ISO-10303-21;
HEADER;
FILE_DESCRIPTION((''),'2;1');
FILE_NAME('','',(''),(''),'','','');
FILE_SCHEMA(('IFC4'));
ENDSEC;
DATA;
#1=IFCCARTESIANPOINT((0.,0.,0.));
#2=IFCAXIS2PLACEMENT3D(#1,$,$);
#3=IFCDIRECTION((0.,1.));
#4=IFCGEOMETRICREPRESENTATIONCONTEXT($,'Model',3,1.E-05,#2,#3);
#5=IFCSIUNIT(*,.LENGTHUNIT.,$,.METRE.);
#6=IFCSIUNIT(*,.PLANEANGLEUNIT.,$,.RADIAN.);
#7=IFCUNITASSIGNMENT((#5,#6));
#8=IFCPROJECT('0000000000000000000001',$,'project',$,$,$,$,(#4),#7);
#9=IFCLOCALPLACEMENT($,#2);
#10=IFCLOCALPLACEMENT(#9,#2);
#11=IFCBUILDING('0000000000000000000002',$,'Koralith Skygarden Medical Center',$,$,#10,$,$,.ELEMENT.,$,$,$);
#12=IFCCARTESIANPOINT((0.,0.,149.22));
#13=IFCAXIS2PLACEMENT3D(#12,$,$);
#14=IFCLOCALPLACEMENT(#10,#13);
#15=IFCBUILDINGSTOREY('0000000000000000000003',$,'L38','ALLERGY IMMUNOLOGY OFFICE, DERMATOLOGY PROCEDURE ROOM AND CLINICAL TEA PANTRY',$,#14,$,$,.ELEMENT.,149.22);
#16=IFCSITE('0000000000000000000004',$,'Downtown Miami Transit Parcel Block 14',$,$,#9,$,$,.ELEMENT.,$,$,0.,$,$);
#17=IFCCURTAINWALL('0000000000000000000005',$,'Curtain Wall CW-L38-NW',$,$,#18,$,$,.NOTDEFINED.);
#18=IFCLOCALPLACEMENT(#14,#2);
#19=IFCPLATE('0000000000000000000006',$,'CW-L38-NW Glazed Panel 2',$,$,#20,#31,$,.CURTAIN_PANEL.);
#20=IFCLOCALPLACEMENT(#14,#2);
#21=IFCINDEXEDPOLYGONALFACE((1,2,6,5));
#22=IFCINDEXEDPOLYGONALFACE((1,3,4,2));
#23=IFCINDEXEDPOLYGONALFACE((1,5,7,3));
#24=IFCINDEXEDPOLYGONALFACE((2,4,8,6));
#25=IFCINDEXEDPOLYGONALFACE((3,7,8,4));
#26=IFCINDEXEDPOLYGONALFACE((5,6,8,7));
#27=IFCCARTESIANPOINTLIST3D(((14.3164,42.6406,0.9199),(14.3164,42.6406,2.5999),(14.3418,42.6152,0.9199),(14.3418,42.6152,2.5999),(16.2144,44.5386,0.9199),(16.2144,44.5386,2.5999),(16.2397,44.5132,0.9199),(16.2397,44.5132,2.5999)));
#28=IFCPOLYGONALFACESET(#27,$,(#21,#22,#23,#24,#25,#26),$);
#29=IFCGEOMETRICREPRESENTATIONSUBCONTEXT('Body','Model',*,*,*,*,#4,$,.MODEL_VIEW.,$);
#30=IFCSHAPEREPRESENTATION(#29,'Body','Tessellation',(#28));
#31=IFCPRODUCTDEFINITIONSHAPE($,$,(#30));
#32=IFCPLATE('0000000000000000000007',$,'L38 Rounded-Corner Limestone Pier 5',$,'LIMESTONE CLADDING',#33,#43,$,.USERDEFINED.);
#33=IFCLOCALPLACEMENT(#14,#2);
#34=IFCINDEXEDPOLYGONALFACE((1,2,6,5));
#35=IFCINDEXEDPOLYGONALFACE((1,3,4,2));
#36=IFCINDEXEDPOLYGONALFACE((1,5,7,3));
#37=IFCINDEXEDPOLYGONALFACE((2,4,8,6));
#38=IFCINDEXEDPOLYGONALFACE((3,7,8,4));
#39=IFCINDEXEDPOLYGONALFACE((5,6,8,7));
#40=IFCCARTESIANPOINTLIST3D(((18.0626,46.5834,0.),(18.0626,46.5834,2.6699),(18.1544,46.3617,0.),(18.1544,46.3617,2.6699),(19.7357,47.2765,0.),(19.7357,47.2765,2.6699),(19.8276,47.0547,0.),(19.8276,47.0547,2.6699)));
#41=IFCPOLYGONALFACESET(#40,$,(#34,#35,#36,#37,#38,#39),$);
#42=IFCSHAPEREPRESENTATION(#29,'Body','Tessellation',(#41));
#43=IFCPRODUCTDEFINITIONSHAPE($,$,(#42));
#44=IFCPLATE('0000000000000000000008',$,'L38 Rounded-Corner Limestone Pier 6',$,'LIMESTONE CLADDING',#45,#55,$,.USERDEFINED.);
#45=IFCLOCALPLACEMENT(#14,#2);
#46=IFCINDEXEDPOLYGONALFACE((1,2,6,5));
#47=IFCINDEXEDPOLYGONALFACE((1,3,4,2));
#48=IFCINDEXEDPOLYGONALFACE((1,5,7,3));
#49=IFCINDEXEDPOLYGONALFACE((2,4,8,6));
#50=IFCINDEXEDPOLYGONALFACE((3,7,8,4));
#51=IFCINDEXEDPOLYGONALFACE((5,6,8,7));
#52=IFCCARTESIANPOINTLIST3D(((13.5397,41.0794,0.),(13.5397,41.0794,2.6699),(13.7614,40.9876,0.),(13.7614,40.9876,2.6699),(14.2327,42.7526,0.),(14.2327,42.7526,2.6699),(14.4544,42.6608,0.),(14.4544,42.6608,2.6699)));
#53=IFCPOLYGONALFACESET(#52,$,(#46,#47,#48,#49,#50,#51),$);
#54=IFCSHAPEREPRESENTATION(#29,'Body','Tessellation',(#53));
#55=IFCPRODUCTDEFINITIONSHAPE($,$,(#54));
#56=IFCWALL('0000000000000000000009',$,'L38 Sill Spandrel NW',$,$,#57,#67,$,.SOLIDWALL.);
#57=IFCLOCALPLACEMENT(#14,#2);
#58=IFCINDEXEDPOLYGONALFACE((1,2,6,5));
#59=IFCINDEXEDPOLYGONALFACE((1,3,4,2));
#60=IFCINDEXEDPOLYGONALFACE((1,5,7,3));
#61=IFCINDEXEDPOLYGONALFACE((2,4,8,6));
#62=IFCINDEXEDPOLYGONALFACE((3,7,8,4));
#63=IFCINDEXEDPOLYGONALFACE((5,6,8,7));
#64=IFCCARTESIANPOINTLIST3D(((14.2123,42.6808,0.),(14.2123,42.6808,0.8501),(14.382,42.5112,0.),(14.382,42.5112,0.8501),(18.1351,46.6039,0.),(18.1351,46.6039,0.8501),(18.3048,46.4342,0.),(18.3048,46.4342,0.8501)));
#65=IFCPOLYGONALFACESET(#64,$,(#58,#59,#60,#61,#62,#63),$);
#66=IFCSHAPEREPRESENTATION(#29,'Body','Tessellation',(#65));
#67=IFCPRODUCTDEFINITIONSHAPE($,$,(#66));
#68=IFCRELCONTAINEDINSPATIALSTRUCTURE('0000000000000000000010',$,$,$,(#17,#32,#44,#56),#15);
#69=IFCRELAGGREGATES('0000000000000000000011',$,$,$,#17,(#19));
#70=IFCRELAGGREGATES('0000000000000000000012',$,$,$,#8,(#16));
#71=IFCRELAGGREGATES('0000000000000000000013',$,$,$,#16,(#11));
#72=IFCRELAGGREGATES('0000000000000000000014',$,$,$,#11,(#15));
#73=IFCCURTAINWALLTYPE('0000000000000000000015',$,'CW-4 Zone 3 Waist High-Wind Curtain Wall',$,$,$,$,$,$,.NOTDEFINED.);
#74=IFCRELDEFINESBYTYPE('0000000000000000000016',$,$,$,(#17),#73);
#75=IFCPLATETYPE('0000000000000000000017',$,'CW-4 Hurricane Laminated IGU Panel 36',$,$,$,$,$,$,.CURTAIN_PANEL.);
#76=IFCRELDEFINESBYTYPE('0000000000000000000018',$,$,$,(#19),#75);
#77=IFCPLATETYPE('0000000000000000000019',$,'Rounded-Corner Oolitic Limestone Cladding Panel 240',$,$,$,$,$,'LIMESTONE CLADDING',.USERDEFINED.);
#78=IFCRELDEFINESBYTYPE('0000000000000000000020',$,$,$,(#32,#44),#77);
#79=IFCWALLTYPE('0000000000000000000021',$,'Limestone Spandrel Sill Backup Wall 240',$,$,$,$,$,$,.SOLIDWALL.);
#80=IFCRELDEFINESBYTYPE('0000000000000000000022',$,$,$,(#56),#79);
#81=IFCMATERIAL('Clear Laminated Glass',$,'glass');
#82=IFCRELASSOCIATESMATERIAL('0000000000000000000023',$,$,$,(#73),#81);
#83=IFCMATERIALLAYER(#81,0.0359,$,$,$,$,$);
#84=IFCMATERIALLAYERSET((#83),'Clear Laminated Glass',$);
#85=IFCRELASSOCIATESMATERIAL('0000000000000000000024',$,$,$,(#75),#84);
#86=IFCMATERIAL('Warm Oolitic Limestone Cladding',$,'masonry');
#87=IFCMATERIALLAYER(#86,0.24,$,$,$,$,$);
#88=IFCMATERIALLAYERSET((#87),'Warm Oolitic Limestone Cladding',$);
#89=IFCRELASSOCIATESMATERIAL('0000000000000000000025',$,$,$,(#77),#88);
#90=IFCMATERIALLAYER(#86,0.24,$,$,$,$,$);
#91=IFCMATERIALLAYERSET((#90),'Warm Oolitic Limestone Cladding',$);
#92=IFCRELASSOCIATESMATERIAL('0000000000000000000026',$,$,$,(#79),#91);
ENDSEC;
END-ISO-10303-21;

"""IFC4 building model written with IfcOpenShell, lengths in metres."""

from ifc_helpers import new_model, si_unit, direction, frame, frame_2d, origin, origin_2d, place, context, subcontext, project, spatial, rectangle, extrude, material, layer, layer_set, type_object, element, aggregate, save


model = new_model("IFC4")

# Units and contexts
model_context = context("Model", 3, precision=1e-05, world=origin(), true_north=direction((0.0, 1.0)))
body_context = subcontext(model_context, "Body", "Model", "MODEL_VIEW")
ifc_project = project(units=[si_unit("LENGTHUNIT", "METRE"), si_unit("PLANEANGLEUNIT", "RADIAN")], contexts=[model_context])

# Site, building, storey
site_placement = place(None, origin())
site = spatial("IfcSite", under=ifc_project, at=site_placement, Name="Downtown Miami Transit Parcel Block 14", CompositionType="ELEMENT", RefElevation=0.0)
building_placement = place(site_placement, origin())
building = spatial("IfcBuilding", under=site, at=building_placement, Name="Koralith Skygarden Medical Center", CompositionType="ELEMENT")
storey_placement = place(building_placement, frame((0.0, 0.0, 149.22)))
storey = spatial("IfcBuildingStorey", under=building, at=storey_placement, Name="L38", Description="ALLERGY IMMUNOLOGY OFFICE, DERMATOLOGY PROCEDURE ROOM AND CLINICAL TEA PANTRY", CompositionType="ELEMENT", Elevation=149.22)

# Shared definitions
ifc_material_1 = material(Name="Clear Laminated Glass", Category="glass")
curtain_wall_type = type_object("IfcCurtainWallType", Name="CW-4 Zone 3 Waist High-Wind Curtain Wall", PredefinedType="NOTDEFINED", material=ifc_material_1)

# Curtain wall
curtain_wall_1_placement = place(storey_placement, origin())
curtain_wall_1 = element("IfcCurtainWall", 1, at=curtain_wall_1_placement, inside=storey, type_object=curtain_wall_type, Name="Curtain Wall CW-L38-NW", PredefinedType="NOTDEFINED")

# Plate
ifc_layer_1 = layer(ifc_material_1, 0.0359)
ifc_layer_set_1 = layer_set([ifc_layer_1], Name="Clear Laminated Glass")
plate_type_1 = type_object("IfcPlateType", Name="CW-4 Hurricane Laminated IGU Panel 36", PredefinedType="CURTAIN_PANEL", material=ifc_layer_set_1)
plate_1_placement = place(storey_placement, frame((15.2781, 43.5769, 0.9199), z_axis=(0.0, 0.0, 1.0), x_axis=(-0.707107, -0.707107, 0.0)))
plate_1 = element("IfcPlate", 2, at=plate_1_placement, type_object=plate_type_1, Name="CW-L38-NW Glazed Panel 2", PredefinedType="CURTAIN_PANEL", context=body_context, shape_type="SweptSolid", body=[
    extrude(rectangle(XDim=2.6841, YDim=0.0359, at=origin_2d()), origin(), (0.0, 0.0, 1.0), 1.6799),
])
aggregate(curtain_wall_1, [plate_1])

# Plates
ifc_material_2 = material(Name="Warm Oolitic Limestone Cladding", Category="masonry")
ifc_layer_2 = layer(ifc_material_2, 0.24)
ifc_layer_set_2 = layer_set([ifc_layer_2], Name="Warm Oolitic Limestone Cladding")
plate_type_2 = type_object("IfcPlateType", Name="Rounded-Corner Oolitic Limestone Cladding Panel 240", ElementType="LIMESTONE CLADDING", PredefinedType="USERDEFINED", material=ifc_layer_set_2)
for number, where, z_axis, x_axis, name in (
    (3, (18.9451, 46.8191, 0.0), (0.0, 0.0, 1.0), (-0.923885, -0.382671, 0.0), "L38 Rounded-Corner Limestone Pier 5"),
    (4, (13.9971, 41.8701, 0.0), (0.0, 0.0, 1.0), (-0.382671, -0.923885, 0.0), "L38 Rounded-Corner Limestone Pier 6"),
):
    element("IfcPlate", number, at=place(storey_placement, frame(where, z_axis=z_axis, x_axis=x_axis)), inside=storey, type_object=plate_type_2, Name=name, ObjectType="LIMESTONE CLADDING", PredefinedType="USERDEFINED", context=body_context, shape_type="SweptSolid", body=[
        extrude(rectangle(XDim=1.811, YDim=0.24, at=origin_2d()), origin(), (0.0, 0.0, 1.0), 2.6699),
    ])

# Wall
ifc_layer_3 = layer(ifc_material_2, 0.24)
ifc_layer_set_3 = layer_set([ifc_layer_3], Name="Warm Oolitic Limestone Cladding")
wall_type = type_object("IfcWallType", Name="Limestone Spandrel Sill Backup Wall 240", PredefinedType="SOLIDWALL", material=ifc_layer_set_3)
wall_placement = place(storey_placement, frame((18.22, 46.519, 0.0), z_axis=(0.0, 0.0, 1.0), x_axis=(-0.707085, -0.707129, 0.0)))
element("IfcWall", 5, at=wall_placement, inside=storey, type_object=wall_type, Name="L38 Sill Spandrel NW", PredefinedType="SOLIDWALL", context=body_context, shape_type="SweptSolid", body=[
    extrude(rectangle(XDim=5.5479, YDim=0.24, at=frame_2d((2.7739, 0.0))), origin(), (0.0, 0.0, 1.0), 0.8501),
])

save(model, "model.ifc")
